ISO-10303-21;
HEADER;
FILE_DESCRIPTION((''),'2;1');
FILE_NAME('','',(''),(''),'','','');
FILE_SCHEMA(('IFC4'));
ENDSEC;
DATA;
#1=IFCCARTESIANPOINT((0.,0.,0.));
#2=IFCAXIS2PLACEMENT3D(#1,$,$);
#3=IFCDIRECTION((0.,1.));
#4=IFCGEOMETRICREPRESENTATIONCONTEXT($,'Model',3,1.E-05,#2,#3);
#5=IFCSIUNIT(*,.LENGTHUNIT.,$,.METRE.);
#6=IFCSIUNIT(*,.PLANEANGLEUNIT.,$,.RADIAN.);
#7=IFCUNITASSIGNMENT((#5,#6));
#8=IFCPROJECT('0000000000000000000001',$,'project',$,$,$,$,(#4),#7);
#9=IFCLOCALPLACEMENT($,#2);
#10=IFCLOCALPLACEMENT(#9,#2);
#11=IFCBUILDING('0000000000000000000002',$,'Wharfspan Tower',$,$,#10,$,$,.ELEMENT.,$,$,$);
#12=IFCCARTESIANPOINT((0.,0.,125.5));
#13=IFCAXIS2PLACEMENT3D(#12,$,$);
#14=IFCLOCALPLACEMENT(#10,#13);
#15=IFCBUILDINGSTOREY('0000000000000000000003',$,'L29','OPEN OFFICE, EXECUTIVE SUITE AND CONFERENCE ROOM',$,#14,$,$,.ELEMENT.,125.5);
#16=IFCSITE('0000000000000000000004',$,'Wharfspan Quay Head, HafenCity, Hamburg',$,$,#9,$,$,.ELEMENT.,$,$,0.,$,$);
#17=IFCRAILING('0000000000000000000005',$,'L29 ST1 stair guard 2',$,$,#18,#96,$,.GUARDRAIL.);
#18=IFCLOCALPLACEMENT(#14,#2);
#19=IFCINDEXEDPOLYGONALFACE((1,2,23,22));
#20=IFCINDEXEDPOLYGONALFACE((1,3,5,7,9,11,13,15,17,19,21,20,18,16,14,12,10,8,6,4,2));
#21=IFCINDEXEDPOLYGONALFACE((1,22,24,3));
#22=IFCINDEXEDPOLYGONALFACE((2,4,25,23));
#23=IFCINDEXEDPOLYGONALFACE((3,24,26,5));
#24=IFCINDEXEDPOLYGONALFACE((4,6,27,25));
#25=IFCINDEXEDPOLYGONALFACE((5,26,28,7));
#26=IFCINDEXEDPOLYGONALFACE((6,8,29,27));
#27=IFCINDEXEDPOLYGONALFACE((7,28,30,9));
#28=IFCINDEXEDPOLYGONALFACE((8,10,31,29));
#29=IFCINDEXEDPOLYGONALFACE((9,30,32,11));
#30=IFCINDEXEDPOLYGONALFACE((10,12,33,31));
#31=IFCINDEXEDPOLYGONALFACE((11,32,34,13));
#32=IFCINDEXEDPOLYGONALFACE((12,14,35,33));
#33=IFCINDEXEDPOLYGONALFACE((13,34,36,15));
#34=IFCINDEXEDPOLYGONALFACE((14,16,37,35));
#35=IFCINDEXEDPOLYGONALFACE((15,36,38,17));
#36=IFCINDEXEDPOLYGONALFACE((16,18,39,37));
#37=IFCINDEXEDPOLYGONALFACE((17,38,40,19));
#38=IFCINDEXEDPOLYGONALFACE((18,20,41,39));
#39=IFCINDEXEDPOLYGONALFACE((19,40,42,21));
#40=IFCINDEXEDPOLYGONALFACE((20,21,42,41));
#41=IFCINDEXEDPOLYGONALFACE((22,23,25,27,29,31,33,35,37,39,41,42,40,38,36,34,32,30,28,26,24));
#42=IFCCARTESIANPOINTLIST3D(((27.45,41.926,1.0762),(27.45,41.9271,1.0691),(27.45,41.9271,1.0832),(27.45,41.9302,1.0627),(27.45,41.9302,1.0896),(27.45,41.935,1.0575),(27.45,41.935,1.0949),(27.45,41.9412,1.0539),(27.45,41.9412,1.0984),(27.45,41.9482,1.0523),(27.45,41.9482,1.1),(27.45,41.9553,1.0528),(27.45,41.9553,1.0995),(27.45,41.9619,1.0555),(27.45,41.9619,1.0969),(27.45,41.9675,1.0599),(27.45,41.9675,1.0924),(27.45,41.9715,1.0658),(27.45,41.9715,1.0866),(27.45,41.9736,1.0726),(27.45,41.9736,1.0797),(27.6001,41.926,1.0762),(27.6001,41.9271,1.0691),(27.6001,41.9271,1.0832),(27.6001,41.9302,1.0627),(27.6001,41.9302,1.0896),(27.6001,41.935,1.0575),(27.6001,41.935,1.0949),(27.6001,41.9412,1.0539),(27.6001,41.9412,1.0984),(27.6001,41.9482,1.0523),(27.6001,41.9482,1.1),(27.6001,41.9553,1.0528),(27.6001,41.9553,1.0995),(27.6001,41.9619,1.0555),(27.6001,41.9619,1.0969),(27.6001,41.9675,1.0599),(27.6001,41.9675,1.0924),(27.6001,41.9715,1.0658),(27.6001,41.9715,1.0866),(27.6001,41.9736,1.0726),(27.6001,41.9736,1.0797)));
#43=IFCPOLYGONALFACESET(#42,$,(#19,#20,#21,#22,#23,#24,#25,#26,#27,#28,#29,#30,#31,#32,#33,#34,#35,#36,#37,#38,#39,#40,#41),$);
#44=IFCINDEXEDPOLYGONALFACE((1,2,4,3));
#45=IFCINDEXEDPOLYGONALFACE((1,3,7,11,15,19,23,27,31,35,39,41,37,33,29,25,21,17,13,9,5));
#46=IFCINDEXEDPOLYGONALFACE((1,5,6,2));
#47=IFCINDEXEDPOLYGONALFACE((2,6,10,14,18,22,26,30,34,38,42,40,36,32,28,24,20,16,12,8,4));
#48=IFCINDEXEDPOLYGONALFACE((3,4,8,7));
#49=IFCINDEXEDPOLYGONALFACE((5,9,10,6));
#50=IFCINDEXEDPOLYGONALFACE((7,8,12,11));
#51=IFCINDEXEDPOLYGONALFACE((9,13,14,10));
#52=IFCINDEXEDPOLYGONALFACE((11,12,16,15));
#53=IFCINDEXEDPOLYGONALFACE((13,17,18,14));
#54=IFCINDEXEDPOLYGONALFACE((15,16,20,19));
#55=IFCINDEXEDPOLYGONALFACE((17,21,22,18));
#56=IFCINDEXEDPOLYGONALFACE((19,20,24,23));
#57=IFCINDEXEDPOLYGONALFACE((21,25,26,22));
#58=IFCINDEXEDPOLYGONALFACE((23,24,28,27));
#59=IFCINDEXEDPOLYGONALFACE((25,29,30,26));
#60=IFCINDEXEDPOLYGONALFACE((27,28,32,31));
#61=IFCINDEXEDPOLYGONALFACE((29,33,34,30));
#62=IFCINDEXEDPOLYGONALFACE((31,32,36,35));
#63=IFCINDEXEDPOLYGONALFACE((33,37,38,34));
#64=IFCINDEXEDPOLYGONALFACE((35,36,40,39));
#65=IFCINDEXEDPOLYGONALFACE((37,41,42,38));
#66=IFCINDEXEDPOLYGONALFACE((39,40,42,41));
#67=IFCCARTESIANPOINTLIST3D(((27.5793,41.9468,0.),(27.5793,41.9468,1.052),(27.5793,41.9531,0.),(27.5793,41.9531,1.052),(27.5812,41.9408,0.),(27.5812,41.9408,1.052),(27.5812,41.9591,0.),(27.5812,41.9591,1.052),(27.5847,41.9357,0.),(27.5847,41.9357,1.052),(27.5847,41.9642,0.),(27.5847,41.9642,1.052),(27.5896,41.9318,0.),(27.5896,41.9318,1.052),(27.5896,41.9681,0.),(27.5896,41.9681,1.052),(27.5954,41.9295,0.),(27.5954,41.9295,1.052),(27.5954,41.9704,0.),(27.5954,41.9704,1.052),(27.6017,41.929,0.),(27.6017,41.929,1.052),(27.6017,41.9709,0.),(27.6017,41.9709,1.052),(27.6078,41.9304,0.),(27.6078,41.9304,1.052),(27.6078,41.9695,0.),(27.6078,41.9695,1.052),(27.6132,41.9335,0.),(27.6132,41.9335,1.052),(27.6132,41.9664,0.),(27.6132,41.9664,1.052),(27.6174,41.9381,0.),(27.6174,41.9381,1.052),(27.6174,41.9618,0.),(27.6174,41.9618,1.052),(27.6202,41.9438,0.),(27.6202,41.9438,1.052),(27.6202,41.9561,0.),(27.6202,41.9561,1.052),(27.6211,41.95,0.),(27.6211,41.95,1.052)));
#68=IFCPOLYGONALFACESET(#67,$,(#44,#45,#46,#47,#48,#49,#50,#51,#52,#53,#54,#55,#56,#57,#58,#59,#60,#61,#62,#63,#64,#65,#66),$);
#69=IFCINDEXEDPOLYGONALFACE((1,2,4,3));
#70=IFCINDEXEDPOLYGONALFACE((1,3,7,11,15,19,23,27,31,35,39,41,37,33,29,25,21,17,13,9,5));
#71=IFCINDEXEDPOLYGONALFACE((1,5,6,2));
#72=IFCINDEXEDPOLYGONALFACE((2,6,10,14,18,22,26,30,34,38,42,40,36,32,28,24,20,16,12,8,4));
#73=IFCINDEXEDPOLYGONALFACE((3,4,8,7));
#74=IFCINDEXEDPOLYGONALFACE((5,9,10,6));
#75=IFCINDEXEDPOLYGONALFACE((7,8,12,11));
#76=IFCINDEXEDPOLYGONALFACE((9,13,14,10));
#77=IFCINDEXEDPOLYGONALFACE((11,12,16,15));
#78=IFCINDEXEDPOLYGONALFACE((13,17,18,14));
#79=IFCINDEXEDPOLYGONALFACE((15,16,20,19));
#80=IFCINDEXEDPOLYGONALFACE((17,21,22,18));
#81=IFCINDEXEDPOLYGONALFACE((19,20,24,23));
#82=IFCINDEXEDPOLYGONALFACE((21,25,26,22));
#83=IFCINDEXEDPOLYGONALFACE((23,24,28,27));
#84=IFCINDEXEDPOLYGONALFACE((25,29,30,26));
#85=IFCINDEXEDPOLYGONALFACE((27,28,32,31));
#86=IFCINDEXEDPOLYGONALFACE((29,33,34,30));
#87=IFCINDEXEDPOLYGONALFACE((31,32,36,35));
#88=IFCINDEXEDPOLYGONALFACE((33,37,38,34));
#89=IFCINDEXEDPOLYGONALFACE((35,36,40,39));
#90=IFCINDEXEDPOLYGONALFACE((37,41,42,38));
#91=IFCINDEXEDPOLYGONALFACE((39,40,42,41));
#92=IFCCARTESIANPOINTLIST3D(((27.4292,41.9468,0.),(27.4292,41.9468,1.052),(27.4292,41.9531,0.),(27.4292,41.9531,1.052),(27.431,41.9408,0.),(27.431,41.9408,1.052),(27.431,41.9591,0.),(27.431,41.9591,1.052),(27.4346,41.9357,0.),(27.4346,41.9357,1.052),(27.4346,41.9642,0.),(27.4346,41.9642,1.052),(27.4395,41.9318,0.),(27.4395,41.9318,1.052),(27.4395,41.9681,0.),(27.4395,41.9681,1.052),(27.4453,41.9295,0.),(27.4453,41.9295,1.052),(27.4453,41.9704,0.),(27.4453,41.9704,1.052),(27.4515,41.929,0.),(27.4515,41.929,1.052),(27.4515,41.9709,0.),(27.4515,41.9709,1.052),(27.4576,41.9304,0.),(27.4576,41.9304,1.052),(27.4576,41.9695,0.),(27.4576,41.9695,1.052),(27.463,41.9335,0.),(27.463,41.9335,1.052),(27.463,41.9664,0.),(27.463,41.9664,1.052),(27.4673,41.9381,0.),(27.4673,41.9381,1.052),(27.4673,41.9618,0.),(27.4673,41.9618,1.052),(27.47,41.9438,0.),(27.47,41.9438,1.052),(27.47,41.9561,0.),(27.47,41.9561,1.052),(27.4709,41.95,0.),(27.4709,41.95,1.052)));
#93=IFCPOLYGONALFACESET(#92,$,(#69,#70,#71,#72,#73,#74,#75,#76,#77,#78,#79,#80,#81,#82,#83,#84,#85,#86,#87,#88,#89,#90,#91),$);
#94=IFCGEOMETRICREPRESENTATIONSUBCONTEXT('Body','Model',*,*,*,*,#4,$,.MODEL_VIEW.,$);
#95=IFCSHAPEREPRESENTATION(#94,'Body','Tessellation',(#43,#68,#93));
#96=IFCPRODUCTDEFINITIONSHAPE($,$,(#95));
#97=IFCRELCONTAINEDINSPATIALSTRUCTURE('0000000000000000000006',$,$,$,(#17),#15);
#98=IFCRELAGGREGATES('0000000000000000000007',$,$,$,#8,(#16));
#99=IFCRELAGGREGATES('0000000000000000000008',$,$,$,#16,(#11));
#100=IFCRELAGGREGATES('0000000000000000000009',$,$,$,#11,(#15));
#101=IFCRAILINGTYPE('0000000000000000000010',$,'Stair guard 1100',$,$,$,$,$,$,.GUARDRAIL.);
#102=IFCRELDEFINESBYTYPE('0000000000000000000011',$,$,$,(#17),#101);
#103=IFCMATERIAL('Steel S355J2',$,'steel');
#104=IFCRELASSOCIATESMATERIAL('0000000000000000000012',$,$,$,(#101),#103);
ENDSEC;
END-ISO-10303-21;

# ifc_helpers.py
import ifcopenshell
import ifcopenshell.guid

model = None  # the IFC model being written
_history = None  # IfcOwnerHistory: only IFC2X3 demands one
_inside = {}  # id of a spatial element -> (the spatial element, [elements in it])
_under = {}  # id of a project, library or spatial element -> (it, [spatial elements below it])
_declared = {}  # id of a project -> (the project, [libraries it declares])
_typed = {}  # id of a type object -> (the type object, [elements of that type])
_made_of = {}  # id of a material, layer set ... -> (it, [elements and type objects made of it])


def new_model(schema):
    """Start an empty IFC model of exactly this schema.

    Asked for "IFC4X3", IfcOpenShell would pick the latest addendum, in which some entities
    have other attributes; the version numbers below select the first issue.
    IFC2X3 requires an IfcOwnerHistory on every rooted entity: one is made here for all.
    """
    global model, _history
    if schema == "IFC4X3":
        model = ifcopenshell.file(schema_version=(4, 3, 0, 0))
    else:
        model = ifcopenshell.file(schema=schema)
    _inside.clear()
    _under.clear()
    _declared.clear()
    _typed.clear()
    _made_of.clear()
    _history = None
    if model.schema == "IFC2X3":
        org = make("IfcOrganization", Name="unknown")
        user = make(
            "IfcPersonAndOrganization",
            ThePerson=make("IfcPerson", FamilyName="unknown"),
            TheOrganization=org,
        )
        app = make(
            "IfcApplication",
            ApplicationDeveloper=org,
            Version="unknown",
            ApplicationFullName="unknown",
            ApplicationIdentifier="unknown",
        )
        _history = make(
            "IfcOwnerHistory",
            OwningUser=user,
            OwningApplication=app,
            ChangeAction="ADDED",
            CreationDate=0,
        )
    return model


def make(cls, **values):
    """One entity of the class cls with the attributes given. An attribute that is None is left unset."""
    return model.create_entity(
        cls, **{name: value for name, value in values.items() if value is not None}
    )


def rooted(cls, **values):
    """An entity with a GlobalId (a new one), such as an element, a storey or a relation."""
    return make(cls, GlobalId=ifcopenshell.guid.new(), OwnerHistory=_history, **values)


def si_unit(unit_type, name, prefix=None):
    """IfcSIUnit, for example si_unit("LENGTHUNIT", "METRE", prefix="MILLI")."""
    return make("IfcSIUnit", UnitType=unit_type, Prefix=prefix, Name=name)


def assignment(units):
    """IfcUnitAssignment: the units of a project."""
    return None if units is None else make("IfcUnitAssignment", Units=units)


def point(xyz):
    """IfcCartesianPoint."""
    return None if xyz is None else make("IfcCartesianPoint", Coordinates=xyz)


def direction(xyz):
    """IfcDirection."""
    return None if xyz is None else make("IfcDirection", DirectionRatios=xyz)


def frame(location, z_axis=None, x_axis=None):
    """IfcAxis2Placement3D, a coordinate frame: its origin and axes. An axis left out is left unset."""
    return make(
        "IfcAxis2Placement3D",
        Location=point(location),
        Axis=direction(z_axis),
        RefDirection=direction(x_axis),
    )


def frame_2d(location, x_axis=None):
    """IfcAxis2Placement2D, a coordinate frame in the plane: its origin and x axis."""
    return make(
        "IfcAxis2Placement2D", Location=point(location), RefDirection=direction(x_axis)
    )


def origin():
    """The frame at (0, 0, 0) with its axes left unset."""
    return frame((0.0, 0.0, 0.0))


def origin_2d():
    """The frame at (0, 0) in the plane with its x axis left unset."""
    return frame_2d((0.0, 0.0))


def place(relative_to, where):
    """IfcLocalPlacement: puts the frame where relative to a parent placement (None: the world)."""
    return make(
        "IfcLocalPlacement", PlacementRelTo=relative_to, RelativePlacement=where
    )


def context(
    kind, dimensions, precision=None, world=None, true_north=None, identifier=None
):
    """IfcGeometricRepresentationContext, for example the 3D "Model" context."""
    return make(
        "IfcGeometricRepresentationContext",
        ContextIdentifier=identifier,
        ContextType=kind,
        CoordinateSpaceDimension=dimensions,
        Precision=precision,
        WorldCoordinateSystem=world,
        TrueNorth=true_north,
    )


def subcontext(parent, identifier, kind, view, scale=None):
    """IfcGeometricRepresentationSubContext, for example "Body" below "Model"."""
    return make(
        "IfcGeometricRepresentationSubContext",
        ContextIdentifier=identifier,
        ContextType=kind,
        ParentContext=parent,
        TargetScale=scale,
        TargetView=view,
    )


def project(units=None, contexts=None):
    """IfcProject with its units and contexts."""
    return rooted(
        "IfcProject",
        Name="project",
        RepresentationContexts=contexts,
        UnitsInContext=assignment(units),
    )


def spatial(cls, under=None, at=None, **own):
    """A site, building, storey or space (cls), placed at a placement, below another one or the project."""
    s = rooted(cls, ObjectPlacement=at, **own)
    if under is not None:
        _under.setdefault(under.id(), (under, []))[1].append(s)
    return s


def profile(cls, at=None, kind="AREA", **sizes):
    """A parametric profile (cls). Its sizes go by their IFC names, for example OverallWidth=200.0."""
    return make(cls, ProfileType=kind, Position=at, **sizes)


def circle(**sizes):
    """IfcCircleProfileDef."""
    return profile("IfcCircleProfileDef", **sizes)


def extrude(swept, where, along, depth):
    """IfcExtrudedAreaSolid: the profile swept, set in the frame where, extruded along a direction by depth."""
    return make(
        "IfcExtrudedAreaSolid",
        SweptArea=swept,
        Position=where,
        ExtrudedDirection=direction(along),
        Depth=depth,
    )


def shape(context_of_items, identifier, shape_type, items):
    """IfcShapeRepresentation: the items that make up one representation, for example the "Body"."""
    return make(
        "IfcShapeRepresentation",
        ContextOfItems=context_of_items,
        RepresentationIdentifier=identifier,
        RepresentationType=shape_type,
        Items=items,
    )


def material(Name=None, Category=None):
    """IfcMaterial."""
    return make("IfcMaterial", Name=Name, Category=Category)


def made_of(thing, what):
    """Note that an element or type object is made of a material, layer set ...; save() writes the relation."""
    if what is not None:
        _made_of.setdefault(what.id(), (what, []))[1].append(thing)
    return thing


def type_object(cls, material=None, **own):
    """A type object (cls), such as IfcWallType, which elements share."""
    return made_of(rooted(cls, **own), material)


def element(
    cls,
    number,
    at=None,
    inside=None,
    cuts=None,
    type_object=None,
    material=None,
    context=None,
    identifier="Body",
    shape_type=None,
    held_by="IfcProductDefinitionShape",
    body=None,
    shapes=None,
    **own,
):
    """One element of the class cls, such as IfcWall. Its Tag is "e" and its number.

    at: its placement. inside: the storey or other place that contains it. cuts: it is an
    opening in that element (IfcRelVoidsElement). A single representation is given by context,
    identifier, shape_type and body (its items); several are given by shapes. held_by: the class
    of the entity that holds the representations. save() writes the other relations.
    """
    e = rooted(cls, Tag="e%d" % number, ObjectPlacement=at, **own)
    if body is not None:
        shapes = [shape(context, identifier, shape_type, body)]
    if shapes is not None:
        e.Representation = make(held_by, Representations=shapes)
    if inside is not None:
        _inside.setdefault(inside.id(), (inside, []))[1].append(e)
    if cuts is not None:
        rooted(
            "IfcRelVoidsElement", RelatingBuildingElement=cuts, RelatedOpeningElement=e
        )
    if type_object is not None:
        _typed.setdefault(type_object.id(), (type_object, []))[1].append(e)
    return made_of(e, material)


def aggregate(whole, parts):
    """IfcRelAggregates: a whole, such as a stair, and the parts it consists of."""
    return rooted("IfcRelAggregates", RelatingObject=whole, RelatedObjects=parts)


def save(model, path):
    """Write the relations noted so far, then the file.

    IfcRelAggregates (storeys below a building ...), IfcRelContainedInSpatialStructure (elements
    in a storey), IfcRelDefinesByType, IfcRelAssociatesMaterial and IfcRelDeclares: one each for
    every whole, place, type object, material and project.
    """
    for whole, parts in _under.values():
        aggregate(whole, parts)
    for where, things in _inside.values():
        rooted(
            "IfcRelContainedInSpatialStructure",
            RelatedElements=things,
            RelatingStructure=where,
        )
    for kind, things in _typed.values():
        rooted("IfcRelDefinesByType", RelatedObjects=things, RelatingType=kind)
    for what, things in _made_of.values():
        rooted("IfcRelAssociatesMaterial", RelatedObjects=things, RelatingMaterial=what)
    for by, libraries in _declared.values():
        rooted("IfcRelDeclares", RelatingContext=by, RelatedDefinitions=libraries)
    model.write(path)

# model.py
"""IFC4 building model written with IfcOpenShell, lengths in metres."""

from ifc_helpers import new_model, si_unit, direction, frame, origin, origin_2d, place, context, subcontext, project, spatial, circle, extrude, material, type_object, element, save


model = new_model("IFC4")

# Units and contexts
model_context = context("Model", 3, precision=1e-05, world=origin(), true_north=direction((0.0, 1.0)))
body_context = subcontext(model_context, "Body", "Model", "MODEL_VIEW")
ifc_project = project(units=[si_unit("LENGTHUNIT", "METRE"), si_unit("PLANEANGLEUNIT", "RADIAN")], contexts=[model_context])

# Site, building, storey
site_placement = place(None, origin())
site = spatial("IfcSite", under=ifc_project, at=site_placement, Name="Wharfspan Quay Head, HafenCity, Hamburg", CompositionType="ELEMENT", RefElevation=0.0)
building_placement = place(site_placement, origin())
building = spatial("IfcBuilding", under=site, at=building_placement, Name="Wharfspan Tower", CompositionType="ELEMENT")
storey_placement = place(building_placement, frame((0.0, 0.0, 125.5)))
storey = spatial("IfcBuildingStorey", under=building, at=storey_placement, Name="L29", Description="OPEN OFFICE, EXECUTIVE SUITE AND CONFERENCE ROOM", CompositionType="ELEMENT", Elevation=125.5)

# Shared definitions
ifc_material_1 = material(Name="Steel S355J2", Category="steel")

# Railing
railing_type_1 = type_object("IfcRailingType", Name="Stair guard 1100", PredefinedType="GUARDRAIL", material=ifc_material_1)
railing_1_placement = place(storey_placement, frame((27.6001, 41.95, 0.0)))
element("IfcRailing", 1, at=railing_1_placement, inside=storey, type_object=railing_type_1, Name="L29 ST1 stair guard 2", PredefinedType="GUARDRAIL", context=body_context, shape_type="SweptSolid", body=[
    extrude(circle(Radius=0.0239, at=origin_2d()), frame((0.0, 0.0, 1.0762), z_axis=(-1.0, 0.0, 0.0), x_axis=(0.0, -1.0, 0.0)), (0.0, 0.0, 1.0), 0.1501),
    extrude(circle(Radius=0.021, at=origin_2d()), origin(), (0.0, 0.0, 1.0), 1.052),
    extrude(circle(Radius=0.021, at=origin_2d()), frame((-0.1501, 0.0, 0.0)), (0.0, 0.0, 1.0), 1.052),
])

save(model, "model.ifc")
